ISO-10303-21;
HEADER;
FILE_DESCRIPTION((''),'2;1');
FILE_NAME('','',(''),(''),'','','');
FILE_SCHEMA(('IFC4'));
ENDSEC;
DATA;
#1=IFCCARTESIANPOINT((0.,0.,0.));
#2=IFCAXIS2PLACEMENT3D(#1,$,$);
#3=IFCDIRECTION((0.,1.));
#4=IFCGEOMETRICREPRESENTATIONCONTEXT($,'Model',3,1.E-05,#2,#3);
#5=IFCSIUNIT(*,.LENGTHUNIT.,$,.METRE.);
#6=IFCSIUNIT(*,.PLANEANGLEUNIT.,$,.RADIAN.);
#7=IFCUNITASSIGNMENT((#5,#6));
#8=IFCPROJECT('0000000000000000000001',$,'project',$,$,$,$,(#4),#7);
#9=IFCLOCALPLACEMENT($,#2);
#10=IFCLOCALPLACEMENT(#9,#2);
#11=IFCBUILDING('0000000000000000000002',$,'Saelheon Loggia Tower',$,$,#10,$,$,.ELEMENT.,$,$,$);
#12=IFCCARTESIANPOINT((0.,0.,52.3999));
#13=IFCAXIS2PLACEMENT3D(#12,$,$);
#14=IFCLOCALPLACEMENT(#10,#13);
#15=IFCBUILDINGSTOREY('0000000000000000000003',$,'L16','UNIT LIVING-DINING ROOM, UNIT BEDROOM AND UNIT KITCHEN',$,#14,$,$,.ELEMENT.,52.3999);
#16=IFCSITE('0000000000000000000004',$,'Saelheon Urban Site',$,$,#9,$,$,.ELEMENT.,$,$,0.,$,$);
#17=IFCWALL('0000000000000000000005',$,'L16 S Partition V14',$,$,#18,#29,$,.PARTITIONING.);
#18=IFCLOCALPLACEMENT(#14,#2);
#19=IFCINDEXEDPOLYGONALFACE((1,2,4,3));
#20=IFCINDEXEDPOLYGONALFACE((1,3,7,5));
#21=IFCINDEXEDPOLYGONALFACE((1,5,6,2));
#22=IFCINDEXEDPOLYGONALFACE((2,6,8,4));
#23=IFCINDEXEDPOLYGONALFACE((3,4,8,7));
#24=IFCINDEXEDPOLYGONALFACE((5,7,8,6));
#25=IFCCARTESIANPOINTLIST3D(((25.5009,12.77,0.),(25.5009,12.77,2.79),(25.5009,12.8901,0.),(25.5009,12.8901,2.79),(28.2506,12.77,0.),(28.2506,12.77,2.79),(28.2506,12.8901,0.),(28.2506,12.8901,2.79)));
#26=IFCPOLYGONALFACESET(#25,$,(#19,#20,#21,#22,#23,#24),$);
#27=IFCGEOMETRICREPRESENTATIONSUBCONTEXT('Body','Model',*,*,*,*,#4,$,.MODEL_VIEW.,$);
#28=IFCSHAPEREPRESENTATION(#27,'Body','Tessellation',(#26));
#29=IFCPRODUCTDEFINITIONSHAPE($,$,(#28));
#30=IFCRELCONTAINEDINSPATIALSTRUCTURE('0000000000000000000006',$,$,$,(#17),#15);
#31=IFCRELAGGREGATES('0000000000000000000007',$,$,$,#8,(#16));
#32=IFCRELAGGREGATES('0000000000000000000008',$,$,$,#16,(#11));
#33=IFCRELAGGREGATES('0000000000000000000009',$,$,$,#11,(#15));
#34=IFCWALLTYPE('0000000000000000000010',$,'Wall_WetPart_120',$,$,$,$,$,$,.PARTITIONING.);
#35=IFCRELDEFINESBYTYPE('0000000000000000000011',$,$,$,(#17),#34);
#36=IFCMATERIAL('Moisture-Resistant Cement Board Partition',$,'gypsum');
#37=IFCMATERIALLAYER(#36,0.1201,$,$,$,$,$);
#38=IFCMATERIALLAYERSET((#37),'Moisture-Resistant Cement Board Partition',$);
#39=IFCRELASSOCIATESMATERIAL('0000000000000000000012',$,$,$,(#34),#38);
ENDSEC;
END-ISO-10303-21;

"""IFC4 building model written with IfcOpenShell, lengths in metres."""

from ifc_helpers import new_model, si_unit, direction, frame, frame_2d, origin, place, context, subcontext, project, spatial, rectangle, extrude, material, layer, layer_set, type_object, element, save


model = new_model("IFC4")

# Units and contexts
model_context = context("Model", 3, precision=1e-05, world=origin(), true_north=direction((0.0, 1.0)))
body_context = subcontext(model_context, "Body", "Model", "MODEL_VIEW")
ifc_project = project(units=[si_unit("LENGTHUNIT", "METRE"), si_unit("PLANEANGLEUNIT", "RADIAN")], contexts=[model_context])

# Site, building, storey
site_placement = place(None, origin())
site = spatial("IfcSite", under=ifc_project, at=site_placement, Name="Saelheon Urban Site", CompositionType="ELEMENT", RefElevation=0.0)
building_placement = place(site_placement, origin())
building = spatial("IfcBuilding", under=site, at=building_placement, Name="Saelheon Loggia Tower", CompositionType="ELEMENT")
storey_placement = place(building_placement, frame((0.0, 0.0, 52.3999)))
storey = spatial("IfcBuildingStorey", under=building, at=storey_placement, Name="L16", Description="UNIT LIVING-DINING ROOM, UNIT BEDROOM AND UNIT KITCHEN", CompositionType="ELEMENT", Elevation=52.3999)

# Shared definitions
ifc_material_1 = material(Name="Moisture-Resistant Cement Board Partition", Category="gypsum")
ifc_layer_1 = layer(ifc_material_1, 0.1201)
ifc_layer_set_1 = layer_set([ifc_layer_1], Name="Moisture-Resistant Cement Board Partition")
wall_type_1 = type_object("IfcWallType", Name="Wall_WetPart_120", PredefinedType="PARTITIONING", material=ifc_layer_set_1)

# Wall
wall_1_placement = place(storey_placement, frame((25.5007, 12.8301, 0.0), z_axis=(0.0, 0.0, 1.0), x_axis=(1.0, 0.0, 0.0)))
element("IfcWall", 1, at=wall_1_placement, inside=storey, type_object=wall_type_1, Name="L16 S Partition V14", PredefinedType="PARTITIONING", context=body_context, shape_type="SweptSolid", body=[
    extrude(rectangle(XDim=2.7498, YDim=0.1201, at=frame_2d((1.375, 0.0))), origin(), (0.0, 0.0, 1.0), 2.79),
])

save(model, "model.ifc")
